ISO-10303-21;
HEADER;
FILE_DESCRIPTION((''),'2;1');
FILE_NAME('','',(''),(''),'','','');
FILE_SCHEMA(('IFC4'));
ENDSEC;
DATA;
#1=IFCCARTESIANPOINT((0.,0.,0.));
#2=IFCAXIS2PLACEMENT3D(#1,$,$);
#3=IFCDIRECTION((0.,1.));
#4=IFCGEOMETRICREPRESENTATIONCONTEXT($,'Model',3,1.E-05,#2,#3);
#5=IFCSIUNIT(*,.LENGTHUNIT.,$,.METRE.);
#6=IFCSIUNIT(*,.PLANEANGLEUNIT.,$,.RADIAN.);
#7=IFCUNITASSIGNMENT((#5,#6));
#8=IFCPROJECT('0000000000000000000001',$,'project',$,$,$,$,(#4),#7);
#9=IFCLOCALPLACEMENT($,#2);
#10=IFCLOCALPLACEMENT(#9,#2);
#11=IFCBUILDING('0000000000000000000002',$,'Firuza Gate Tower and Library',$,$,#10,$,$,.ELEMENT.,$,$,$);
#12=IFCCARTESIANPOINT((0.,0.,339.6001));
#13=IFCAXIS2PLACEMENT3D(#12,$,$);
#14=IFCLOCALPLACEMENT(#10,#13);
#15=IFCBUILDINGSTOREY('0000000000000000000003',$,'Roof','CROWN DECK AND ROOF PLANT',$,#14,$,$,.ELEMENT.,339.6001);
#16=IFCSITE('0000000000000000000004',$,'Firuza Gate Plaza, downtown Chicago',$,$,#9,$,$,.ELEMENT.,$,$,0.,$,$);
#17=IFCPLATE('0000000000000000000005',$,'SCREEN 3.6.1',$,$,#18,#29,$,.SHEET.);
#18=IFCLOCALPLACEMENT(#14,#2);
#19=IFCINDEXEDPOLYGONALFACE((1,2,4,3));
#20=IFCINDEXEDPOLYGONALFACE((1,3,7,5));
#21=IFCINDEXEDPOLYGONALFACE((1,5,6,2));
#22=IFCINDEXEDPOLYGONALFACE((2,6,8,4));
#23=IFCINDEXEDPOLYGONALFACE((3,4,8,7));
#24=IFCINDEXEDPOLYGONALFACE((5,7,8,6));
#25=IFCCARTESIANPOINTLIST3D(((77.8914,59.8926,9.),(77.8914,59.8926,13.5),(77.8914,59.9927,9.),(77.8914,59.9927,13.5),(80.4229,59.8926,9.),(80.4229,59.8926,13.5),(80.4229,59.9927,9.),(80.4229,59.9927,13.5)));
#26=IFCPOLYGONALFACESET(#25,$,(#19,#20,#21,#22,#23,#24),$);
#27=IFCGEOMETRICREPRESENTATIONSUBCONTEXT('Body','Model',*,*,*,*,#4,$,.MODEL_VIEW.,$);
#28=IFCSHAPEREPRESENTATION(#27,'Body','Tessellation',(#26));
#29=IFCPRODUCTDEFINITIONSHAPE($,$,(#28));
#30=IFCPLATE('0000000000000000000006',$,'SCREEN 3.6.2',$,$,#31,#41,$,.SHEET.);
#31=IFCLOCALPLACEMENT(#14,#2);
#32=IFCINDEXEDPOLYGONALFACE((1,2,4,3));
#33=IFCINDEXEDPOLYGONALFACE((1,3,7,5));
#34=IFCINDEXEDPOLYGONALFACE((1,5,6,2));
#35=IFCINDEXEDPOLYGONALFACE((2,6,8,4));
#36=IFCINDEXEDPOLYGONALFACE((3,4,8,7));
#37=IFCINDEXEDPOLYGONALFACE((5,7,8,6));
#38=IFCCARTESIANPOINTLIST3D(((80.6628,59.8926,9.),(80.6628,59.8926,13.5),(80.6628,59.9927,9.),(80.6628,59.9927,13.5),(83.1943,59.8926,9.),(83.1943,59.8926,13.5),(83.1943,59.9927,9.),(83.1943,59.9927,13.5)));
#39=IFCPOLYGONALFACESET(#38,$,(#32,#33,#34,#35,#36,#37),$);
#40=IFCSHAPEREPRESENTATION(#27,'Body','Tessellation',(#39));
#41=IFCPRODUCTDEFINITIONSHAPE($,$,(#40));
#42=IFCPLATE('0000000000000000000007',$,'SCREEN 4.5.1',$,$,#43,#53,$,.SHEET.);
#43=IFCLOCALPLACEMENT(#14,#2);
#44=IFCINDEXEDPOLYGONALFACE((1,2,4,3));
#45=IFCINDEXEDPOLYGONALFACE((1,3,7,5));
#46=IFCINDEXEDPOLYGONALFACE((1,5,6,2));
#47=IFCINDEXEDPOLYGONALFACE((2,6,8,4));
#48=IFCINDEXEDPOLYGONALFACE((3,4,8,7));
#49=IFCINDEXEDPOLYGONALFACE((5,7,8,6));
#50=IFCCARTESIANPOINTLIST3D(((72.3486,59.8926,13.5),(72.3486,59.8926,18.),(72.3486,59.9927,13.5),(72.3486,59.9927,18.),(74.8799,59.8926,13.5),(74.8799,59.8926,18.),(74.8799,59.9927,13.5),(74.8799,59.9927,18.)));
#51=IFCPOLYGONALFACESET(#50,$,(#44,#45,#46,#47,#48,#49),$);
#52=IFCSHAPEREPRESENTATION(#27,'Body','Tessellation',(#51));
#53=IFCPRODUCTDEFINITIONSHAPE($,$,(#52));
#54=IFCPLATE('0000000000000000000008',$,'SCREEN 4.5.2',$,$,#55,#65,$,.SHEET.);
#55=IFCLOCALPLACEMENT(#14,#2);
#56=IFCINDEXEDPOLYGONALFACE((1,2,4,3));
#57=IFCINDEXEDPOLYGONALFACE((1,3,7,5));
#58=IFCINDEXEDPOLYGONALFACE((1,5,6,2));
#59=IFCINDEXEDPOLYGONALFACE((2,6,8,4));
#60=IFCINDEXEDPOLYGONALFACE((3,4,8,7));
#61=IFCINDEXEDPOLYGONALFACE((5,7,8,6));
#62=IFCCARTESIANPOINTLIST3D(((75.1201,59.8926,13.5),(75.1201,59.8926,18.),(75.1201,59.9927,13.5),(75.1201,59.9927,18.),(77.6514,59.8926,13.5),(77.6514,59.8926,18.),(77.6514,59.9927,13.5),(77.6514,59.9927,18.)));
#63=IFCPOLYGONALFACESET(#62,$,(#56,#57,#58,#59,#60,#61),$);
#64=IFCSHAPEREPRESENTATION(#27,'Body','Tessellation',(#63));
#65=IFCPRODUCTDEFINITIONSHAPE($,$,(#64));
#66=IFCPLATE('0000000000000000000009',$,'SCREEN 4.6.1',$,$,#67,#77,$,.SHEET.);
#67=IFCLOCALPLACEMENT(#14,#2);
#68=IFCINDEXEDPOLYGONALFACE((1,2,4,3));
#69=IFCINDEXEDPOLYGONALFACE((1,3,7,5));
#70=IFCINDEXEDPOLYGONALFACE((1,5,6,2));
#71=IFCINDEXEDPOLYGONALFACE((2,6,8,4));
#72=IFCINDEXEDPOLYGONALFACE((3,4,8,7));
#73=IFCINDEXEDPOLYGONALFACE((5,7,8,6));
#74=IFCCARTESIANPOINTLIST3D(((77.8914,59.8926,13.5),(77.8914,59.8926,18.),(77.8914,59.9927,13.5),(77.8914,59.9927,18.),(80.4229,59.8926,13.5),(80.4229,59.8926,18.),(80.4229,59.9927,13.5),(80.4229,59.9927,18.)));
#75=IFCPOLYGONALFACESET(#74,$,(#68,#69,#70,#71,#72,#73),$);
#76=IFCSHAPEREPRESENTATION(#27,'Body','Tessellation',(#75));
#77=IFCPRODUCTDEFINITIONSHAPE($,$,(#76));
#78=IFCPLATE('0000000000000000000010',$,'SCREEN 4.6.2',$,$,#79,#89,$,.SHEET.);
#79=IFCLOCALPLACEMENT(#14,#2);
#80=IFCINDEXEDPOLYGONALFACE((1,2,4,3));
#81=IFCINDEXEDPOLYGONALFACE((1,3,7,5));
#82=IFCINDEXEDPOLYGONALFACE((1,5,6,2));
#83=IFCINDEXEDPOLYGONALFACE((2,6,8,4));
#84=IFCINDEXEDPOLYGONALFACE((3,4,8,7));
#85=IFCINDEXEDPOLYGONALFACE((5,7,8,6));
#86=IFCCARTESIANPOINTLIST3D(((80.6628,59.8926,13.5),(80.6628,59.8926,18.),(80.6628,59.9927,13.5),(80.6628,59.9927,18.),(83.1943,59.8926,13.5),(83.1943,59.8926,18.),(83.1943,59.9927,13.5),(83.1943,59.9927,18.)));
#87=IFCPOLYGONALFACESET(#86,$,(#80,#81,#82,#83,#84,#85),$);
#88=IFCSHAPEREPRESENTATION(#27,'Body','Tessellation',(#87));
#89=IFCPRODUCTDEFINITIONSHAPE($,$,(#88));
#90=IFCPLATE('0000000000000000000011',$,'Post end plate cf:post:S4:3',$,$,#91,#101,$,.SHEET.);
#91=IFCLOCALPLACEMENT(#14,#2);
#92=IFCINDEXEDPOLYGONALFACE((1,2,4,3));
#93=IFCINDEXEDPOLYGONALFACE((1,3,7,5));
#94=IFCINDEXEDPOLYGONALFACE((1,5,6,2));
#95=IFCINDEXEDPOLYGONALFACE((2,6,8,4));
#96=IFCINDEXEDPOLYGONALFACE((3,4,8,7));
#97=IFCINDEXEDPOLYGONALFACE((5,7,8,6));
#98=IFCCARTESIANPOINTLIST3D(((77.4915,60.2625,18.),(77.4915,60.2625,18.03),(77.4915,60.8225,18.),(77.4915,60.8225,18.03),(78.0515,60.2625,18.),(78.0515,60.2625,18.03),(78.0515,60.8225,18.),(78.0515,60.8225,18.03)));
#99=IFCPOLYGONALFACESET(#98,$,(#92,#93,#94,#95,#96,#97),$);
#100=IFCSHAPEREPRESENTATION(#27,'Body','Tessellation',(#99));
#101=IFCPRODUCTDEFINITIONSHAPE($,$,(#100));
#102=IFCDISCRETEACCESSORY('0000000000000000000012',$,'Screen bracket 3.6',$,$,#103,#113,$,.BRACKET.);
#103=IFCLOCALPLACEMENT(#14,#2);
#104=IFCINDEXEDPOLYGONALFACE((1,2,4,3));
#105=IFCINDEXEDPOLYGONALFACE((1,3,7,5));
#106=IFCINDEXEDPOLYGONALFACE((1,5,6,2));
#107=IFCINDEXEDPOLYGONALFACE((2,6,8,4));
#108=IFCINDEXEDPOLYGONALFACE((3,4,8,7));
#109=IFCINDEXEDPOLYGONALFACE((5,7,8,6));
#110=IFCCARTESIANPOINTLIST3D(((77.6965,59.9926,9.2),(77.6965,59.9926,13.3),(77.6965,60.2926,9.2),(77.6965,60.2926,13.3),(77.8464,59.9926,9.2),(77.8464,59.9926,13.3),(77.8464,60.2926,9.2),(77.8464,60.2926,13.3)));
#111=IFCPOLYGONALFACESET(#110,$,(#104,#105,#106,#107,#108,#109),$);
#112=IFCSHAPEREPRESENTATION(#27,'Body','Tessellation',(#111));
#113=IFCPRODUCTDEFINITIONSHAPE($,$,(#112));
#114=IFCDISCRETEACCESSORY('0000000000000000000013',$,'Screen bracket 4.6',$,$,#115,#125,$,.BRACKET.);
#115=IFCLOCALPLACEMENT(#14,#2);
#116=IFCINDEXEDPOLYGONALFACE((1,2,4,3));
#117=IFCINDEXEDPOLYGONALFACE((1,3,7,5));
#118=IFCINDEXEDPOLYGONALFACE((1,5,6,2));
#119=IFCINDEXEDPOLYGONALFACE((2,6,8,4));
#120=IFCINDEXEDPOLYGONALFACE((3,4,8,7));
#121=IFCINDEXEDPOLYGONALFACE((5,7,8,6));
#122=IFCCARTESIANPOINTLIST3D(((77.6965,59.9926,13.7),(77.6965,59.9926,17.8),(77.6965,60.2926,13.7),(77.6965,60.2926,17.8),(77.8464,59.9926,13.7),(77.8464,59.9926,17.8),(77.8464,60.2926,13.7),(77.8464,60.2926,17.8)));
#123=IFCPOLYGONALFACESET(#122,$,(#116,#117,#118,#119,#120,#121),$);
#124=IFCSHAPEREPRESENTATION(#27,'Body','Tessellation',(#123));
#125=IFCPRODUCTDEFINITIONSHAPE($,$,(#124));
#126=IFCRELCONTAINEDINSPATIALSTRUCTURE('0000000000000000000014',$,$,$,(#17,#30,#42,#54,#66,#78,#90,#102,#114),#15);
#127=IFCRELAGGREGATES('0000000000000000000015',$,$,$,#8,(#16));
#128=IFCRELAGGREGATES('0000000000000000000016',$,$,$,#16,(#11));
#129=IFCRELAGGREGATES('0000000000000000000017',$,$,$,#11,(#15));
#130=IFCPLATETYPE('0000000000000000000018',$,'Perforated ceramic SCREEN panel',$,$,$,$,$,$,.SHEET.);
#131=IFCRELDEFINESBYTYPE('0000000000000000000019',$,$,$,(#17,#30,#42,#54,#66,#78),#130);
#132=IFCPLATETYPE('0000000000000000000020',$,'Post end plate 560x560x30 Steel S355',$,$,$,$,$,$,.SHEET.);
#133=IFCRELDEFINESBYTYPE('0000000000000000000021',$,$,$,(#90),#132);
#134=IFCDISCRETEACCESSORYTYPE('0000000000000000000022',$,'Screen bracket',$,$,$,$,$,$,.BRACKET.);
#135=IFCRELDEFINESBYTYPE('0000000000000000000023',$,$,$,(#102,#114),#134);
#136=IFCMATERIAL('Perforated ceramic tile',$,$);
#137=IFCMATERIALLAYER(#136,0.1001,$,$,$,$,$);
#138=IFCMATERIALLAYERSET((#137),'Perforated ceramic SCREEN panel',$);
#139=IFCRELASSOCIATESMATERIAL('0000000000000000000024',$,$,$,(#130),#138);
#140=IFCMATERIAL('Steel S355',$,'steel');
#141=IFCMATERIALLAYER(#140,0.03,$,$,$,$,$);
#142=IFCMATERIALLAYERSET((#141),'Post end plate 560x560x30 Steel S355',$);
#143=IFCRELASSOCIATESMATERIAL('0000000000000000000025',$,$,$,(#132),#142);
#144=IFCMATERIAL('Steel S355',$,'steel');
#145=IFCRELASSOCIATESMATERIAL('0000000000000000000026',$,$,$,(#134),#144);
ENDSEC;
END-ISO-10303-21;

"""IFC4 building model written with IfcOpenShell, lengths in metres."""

from ifc_helpers import new_model, si_unit, direction, frame, origin, origin_2d, place, context, subcontext, project, spatial, polyline, rectangle, outline, extrude, material, layer, layer_set, type_object, element, save


model = new_model("IFC4")

# Units and contexts
model_context = context("Model", 3, precision=1e-05, world=origin(), true_north=direction((0.0, 1.0)))
body_context = subcontext(model_context, "Body", "Model", "MODEL_VIEW")
ifc_project = project(units=[si_unit("LENGTHUNIT", "METRE"), si_unit("PLANEANGLEUNIT", "RADIAN")], contexts=[model_context])

# Site, building, storey
site_placement = place(None, origin())
site = spatial("IfcSite", under=ifc_project, at=site_placement, Name="Firuza Gate Plaza, downtown Chicago", CompositionType="ELEMENT", RefElevation=0.0)
building_placement = place(site_placement, origin())
building = spatial("IfcBuilding", under=site, at=building_placement, Name="Firuza Gate Tower and Library", CompositionType="ELEMENT")
storey_placement = place(building_placement, frame((0.0, 0.0, 339.6001)))
storey = spatial("IfcBuildingStorey", under=building, at=storey_placement, Name="Roof", Description="CROWN DECK AND ROOF PLANT", CompositionType="ELEMENT", Elevation=339.6001)

# Plates
ifc_material_1 = material(Name="Perforated ceramic tile")
ifc_layer_1 = layer(ifc_material_1, 0.1001)
ifc_layer_set_1 = layer_set([ifc_layer_1], Name="Perforated ceramic SCREEN panel")
plate_type_1 = type_object("IfcPlateType", Name="Perforated ceramic SCREEN panel", PredefinedType="SHEET", material=ifc_layer_set_1)
for number, where, z_axis, x_axis, name in (
    (1, (77.8914, 59.8926, 9.0), (0.0, -1.0, 0.0), (1.0, 0.0, 0.0), "SCREEN 3.6.1"),
    (2, (80.6628, 59.8926, 9.0), (0.0, -1.0, 0.0), (1.0, 0.0, 0.0), "SCREEN 3.6.2"),
):
    element("IfcPlate", number, at=place(storey_placement, frame(where, z_axis=z_axis, x_axis=x_axis)), inside=storey, type_object=plate_type_1, Name=name, PredefinedType="SHEET", context=body_context, shape_type="SweptSolid", body=[
        extrude(outline(polyline([(0.0, 0.0), (2.5315, 0.0), (2.5315, 4.5), (0.0, 4.5), (0.0, 0.0)])), origin(), (0.0, 0.0, -1.0), 0.1001),
    ])
for number, where, z_axis, x_axis, name in (
    (3, (72.3486, 59.8926, 13.5), (0.0, -1.0, 0.0), (1.0, 0.0, 0.0), "SCREEN 4.5.1"),
    (4, (75.1201, 59.8926, 13.5), (0.0, -1.0, 0.0), (1.0, 0.0, 0.0), "SCREEN 4.5.2"),
):
    element("IfcPlate", number, at=place(storey_placement, frame(where, z_axis=z_axis, x_axis=x_axis)), inside=storey, type_object=plate_type_1, Name=name, PredefinedType="SHEET", context=body_context, shape_type="SweptSolid", body=[
        extrude(outline(polyline([(0.0, 0.0), (2.5312, 0.0), (2.5312, 4.5), (0.0, 4.5), (0.0, 0.0)])), origin(), (0.0, 0.0, -1.0), 0.1001),
    ])
for number, where, z_axis, x_axis, name in (
    (5, (77.8914, 59.8926, 13.5), (0.0, -1.0, 0.0), (1.0, 0.0, 0.0), "SCREEN 4.6.1"),
    (6, (80.6628, 59.8926, 13.5), (0.0, -1.0, 0.0), (1.0, 0.0, 0.0), "SCREEN 4.6.2"),
):
    element("IfcPlate", number, at=place(storey_placement, frame(where, z_axis=z_axis, x_axis=x_axis)), inside=storey, type_object=plate_type_1, Name=name, PredefinedType="SHEET", context=body_context, shape_type="SweptSolid", body=[
        extrude(outline(polyline([(0.0, 0.0), (2.5315, 0.0), (2.5315, 4.5), (0.0, 4.5), (0.0, 0.0)])), origin(), (0.0, 0.0, -1.0), 0.1001),
    ])
ifc_material_2 = material(Name="Steel S355", Category="steel")
ifc_layer_2 = layer(ifc_material_2, 0.03)
ifc_layer_set_2 = layer_set([ifc_layer_2], Name="Post end plate 560x560x30 Steel S355")
plate_type_2 = type_object("IfcPlateType", Name="Post end plate 560x560x30 Steel S355", PredefinedType="SHEET", material=ifc_layer_set_2)
plate_placement = place(storey_placement, frame((77.7715, 60.5425, 18.0), z_axis=(0.0, 0.0, 1.0), x_axis=(1.0, 0.0, 0.0)))
element("IfcPlate", 7, at=plate_placement, inside=storey, type_object=plate_type_2, Name="Post end plate cf:post:S4:3", PredefinedType="SHEET", context=body_context, shape_type="SweptSolid", body=[
    extrude(rectangle(XDim=0.5601, YDim=0.5601, at=origin_2d()), origin(), (0.0, 0.0, 1.0), 0.03),
])

# Discrete accessories
ifc_material_3 = material(Name="Steel S355", Category="steel")
discrete_accessory_type = type_object("IfcDiscreteAccessoryType", Name="Screen bracket", PredefinedType="BRACKET", material=ifc_material_3)
for number, where, z_axis, x_axis, name in (
    (8, (77.7715, 60.1426, 9.2), (0.0, 0.0, 1.0), (0.0, -1.0, 0.0), "Screen bracket 3.6"),
    (9, (77.7715, 60.1426, 13.7), (0.0, 0.0, 1.0), (0.0, -1.0, 0.0), "Screen bracket 4.6"),
):
    element("IfcDiscreteAccessory", number, at=place(storey_placement, frame(where, z_axis=z_axis, x_axis=x_axis)), inside=storey, type_object=discrete_accessory_type, Name=name, PredefinedType="BRACKET", context=body_context, shape_type="SweptSolid", body=[
        extrude(rectangle(XDim=0.3, YDim=0.1499, at=origin_2d()), origin(), (0.0, 0.0, 1.0), 4.1001),
    ])

save(model, "model.ifc")
